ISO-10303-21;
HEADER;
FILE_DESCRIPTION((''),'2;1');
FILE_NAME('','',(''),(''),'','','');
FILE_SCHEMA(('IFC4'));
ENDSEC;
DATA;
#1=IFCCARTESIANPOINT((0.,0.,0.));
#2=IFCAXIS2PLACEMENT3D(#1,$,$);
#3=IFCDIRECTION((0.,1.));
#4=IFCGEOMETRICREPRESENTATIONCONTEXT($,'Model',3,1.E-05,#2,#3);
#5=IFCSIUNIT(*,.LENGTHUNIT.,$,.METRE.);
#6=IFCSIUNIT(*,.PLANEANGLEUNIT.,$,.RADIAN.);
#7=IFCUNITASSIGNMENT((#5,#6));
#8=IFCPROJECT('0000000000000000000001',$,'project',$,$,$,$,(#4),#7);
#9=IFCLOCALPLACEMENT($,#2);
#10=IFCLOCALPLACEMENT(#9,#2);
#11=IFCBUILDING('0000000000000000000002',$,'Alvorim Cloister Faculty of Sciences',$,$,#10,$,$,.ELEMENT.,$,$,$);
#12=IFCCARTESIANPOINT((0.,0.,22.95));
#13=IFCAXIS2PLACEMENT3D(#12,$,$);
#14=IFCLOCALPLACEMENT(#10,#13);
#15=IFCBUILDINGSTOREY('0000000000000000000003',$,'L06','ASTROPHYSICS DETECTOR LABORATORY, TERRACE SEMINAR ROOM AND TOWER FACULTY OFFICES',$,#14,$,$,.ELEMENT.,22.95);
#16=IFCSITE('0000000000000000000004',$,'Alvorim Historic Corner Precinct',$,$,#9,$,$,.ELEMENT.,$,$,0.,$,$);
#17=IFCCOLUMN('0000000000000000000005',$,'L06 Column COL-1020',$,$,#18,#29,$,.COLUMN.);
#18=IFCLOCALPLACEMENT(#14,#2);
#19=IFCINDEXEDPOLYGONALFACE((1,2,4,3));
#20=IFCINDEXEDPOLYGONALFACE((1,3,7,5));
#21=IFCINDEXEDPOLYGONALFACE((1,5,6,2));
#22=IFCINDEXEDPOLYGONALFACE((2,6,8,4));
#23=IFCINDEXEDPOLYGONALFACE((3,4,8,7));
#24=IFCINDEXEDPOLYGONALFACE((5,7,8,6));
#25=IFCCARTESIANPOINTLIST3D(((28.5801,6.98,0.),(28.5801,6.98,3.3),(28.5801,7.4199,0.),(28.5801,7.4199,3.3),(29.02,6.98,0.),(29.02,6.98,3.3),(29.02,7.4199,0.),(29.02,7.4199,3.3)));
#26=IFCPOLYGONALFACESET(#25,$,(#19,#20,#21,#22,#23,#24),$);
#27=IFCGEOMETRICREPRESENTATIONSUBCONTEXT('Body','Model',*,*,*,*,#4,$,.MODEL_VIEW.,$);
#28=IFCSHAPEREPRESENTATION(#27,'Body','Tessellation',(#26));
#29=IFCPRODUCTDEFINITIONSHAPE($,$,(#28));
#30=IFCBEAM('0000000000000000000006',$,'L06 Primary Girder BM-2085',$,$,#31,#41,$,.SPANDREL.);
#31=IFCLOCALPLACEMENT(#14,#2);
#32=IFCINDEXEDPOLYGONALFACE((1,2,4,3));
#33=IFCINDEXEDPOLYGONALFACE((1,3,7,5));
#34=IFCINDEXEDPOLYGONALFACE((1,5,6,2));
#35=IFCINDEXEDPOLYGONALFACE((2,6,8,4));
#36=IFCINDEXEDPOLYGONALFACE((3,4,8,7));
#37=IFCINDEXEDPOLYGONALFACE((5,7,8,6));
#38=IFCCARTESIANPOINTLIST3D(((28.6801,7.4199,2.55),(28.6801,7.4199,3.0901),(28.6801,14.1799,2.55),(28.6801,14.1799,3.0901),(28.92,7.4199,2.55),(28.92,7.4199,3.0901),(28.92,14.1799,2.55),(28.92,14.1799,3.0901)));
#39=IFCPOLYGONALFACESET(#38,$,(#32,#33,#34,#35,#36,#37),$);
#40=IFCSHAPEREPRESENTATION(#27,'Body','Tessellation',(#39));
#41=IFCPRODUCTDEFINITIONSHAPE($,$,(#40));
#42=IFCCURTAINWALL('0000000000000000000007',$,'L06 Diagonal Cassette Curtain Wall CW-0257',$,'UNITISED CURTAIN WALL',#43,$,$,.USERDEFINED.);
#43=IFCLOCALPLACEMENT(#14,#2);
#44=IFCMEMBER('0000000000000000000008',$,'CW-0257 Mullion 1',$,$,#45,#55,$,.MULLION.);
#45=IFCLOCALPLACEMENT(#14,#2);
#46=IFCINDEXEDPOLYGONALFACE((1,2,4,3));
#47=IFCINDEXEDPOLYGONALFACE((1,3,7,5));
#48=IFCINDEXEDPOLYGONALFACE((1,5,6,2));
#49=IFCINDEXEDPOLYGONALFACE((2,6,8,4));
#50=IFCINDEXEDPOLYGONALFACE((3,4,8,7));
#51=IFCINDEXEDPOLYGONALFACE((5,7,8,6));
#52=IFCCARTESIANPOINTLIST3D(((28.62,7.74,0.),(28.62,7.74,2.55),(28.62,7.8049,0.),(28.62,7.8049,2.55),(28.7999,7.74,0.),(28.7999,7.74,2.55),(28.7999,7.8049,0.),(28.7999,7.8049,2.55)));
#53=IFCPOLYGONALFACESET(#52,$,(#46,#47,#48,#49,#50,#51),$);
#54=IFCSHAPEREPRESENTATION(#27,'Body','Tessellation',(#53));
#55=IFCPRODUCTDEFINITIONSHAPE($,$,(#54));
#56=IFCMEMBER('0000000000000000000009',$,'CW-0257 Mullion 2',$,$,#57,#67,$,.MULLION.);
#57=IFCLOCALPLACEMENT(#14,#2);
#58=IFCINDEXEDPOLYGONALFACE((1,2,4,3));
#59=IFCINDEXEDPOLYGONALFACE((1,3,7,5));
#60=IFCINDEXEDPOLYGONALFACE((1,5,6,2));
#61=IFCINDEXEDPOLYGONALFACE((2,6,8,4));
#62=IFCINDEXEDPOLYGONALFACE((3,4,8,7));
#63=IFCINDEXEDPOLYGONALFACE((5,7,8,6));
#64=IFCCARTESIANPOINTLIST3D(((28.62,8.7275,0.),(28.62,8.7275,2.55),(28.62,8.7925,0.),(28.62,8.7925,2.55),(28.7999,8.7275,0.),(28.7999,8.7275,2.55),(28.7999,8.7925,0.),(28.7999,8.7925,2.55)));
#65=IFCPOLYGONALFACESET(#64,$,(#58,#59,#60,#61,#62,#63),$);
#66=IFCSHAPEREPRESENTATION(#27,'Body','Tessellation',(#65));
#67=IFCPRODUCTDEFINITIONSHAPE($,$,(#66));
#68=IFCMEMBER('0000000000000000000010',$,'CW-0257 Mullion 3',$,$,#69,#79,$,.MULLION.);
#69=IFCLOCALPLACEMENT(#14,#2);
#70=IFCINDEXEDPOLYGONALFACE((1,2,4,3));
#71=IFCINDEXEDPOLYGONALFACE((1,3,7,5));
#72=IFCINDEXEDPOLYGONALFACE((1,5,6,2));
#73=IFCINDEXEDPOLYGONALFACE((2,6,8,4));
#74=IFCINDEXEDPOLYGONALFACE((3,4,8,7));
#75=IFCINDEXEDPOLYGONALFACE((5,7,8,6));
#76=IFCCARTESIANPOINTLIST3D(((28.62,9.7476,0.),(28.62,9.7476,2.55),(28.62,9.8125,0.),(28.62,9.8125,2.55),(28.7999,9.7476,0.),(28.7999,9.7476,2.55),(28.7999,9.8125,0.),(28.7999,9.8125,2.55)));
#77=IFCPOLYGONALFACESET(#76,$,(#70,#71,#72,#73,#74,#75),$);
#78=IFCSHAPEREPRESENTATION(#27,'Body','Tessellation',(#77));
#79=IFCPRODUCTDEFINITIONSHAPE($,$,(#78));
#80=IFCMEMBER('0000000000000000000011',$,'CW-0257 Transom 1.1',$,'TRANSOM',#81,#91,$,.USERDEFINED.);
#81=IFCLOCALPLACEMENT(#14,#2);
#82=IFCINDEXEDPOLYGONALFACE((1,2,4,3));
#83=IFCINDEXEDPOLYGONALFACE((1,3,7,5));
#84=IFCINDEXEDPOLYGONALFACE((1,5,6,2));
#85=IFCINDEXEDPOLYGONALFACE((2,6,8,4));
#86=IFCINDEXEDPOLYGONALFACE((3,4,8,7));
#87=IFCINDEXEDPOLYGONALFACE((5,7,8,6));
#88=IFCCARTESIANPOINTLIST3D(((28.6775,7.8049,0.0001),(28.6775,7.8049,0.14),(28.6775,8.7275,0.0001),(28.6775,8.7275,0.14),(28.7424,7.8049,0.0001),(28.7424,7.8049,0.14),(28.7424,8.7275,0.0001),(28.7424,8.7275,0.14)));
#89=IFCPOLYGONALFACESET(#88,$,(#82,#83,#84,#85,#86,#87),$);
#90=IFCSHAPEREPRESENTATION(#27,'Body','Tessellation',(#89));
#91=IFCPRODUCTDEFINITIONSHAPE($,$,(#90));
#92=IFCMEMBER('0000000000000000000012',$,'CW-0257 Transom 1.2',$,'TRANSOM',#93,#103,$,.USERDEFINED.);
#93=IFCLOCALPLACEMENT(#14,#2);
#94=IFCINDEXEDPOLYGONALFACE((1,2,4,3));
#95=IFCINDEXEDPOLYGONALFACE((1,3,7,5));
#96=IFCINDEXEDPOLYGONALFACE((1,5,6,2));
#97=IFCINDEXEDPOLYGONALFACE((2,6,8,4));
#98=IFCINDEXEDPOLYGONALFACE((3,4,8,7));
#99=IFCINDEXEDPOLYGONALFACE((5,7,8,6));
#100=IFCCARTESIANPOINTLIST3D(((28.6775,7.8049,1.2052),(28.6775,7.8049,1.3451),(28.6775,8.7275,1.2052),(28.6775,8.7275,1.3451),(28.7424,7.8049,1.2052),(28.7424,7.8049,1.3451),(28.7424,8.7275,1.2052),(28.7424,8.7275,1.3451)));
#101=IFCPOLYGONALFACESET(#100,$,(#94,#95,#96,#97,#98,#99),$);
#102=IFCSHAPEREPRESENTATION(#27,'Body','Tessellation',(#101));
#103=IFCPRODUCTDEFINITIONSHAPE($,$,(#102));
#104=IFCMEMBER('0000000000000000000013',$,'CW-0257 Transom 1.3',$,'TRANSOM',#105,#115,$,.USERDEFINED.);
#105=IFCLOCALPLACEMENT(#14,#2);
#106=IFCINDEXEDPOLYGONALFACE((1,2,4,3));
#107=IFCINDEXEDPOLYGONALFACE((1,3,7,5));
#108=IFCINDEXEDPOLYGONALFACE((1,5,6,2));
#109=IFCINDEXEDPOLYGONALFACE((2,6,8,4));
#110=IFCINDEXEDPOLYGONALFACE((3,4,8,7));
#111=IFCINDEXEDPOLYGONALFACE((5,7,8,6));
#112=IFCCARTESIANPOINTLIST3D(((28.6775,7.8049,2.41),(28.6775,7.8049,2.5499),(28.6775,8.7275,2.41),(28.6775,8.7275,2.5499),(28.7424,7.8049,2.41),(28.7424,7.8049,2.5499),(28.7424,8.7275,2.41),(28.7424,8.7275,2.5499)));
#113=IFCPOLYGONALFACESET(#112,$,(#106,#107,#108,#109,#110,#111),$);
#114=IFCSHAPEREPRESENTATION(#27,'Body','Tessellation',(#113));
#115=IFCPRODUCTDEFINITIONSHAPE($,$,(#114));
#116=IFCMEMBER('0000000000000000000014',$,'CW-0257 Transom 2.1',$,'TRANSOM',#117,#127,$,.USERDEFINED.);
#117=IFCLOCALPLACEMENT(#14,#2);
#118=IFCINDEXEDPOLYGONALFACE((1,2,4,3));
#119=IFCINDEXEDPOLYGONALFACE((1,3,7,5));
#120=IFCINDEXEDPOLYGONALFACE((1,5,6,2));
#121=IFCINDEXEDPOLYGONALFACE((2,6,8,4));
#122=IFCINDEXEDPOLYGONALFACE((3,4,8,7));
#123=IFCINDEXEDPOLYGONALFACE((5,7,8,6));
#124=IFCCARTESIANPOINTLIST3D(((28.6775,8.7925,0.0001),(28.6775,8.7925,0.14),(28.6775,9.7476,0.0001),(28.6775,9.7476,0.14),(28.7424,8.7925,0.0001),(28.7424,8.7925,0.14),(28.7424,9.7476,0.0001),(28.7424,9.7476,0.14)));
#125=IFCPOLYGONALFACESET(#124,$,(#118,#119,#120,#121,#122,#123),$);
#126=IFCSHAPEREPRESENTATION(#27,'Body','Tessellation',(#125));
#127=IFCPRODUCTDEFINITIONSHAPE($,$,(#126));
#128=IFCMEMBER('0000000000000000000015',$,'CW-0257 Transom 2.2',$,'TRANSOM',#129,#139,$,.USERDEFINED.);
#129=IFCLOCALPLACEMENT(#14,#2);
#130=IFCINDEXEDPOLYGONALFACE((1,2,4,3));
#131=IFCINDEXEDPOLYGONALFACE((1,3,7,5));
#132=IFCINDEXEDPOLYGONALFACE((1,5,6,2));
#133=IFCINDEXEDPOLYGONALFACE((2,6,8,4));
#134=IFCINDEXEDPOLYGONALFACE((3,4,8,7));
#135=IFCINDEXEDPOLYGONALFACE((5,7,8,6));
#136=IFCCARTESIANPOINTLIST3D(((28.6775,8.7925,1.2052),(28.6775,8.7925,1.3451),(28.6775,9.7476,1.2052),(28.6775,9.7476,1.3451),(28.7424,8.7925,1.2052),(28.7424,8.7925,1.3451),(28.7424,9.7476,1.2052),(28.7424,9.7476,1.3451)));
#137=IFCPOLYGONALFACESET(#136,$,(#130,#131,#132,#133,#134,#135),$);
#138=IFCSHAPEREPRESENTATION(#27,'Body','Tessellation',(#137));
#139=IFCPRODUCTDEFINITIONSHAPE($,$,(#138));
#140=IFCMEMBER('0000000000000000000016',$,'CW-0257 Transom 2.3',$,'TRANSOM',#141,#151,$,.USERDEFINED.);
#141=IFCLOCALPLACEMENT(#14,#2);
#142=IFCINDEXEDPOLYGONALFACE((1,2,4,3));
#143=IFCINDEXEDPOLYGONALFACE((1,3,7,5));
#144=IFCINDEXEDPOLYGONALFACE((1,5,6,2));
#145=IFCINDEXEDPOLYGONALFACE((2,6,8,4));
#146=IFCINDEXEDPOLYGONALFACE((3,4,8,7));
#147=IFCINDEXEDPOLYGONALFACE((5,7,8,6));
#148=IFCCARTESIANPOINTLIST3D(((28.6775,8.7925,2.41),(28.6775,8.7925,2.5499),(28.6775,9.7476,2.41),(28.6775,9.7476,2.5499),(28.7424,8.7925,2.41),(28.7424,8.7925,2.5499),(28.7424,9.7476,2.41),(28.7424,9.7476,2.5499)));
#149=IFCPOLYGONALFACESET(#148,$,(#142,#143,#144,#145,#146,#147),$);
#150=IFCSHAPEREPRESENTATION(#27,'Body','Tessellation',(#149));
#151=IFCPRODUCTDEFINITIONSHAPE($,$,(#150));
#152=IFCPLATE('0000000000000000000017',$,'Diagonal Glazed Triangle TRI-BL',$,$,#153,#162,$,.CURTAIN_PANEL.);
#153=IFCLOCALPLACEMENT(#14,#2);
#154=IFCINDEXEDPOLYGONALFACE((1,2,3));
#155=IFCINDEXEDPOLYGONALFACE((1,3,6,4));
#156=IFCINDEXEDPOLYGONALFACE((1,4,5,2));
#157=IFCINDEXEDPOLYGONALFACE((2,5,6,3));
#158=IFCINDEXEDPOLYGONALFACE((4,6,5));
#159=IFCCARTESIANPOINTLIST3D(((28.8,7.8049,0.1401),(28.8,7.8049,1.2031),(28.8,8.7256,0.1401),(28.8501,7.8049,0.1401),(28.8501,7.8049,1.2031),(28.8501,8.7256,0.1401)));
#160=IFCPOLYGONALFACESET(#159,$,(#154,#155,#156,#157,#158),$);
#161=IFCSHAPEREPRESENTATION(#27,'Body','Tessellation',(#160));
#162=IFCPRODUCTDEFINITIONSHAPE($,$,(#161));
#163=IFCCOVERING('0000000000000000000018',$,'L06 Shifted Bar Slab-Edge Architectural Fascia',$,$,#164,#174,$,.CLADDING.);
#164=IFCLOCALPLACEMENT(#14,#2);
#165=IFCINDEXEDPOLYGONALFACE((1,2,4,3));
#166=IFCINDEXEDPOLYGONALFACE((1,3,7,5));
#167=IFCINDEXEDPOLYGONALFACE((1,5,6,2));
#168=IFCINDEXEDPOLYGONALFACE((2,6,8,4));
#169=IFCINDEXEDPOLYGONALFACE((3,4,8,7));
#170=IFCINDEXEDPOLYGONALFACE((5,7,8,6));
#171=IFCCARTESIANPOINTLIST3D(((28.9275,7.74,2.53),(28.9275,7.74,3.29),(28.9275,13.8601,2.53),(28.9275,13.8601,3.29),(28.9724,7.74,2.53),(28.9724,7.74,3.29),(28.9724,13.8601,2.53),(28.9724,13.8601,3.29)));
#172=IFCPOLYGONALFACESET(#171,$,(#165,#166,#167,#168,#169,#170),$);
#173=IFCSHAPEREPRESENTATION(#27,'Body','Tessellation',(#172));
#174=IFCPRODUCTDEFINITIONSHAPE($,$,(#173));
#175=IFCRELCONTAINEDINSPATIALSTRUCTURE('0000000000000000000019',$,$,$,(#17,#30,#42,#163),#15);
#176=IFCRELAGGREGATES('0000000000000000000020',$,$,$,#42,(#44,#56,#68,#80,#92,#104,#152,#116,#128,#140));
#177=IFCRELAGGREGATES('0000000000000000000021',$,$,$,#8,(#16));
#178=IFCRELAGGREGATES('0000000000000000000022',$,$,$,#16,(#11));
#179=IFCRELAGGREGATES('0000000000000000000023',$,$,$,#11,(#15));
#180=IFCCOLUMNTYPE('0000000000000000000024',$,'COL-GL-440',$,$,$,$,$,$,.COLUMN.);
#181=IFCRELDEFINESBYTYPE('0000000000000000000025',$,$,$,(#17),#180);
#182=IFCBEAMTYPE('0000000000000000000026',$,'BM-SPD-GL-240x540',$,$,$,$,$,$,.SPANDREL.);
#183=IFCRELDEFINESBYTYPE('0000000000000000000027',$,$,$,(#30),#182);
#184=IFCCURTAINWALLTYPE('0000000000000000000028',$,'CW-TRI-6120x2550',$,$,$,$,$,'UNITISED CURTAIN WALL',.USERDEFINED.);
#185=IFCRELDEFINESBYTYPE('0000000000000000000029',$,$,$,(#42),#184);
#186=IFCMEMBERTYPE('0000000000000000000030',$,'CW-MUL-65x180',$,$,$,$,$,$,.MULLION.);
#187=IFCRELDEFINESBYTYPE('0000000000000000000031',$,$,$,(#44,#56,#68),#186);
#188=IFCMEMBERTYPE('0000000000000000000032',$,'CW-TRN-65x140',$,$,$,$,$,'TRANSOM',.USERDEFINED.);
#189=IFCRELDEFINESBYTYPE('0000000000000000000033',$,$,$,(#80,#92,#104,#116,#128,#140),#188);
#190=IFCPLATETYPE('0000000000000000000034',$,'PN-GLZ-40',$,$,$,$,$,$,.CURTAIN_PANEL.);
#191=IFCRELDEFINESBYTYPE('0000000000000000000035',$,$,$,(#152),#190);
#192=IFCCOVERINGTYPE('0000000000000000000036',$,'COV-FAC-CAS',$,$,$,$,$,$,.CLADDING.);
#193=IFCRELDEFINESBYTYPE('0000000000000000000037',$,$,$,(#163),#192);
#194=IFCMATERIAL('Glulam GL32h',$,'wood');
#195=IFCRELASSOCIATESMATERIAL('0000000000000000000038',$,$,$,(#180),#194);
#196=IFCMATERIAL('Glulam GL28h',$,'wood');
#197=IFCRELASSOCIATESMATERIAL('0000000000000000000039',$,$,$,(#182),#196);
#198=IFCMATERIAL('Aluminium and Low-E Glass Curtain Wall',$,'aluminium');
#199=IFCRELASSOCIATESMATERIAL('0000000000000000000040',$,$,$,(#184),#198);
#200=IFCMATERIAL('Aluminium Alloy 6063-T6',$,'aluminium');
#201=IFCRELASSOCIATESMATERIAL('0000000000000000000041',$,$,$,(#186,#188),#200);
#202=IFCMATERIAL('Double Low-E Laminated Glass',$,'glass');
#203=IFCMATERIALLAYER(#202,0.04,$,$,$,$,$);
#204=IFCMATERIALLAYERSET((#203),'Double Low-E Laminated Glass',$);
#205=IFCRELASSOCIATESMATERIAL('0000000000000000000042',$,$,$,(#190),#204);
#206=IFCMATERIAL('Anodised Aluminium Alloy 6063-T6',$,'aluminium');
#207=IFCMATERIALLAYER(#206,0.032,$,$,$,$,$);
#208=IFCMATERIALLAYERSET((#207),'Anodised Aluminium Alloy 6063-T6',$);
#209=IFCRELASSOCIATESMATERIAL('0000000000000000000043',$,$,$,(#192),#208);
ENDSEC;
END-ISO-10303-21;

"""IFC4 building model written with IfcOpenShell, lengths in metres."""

from ifc_helpers import new_model, si_unit, direction, frame, origin, origin_2d, place, context, subcontext, project, spatial, polyline, rectangle, outline, extrude, material, layer, layer_set, material_profile, profile_set, type_object, element, aggregate, save


model = new_model("IFC4")

# Units and contexts
model_context = context("Model", 3, precision=1e-05, world=origin(), true_north=direction((0.0, 1.0)))
body_context = subcontext(model_context, "Body", "Model", "MODEL_VIEW")
ifc_project = project(units=[si_unit("LENGTHUNIT", "METRE"), si_unit("PLANEANGLEUNIT", "RADIAN")], contexts=[model_context])

# Site, building, storey
site_placement = place(None, origin())
site = spatial("IfcSite", under=ifc_project, at=site_placement, Name="Alvorim Historic Corner Precinct", CompositionType="ELEMENT", RefElevation=0.0)
building_placement = place(site_placement, origin())
building = spatial("IfcBuilding", under=site, at=building_placement, Name="Alvorim Cloister Faculty of Sciences", CompositionType="ELEMENT")
storey_placement = place(building_placement, frame((0.0, 0.0, 22.95)))
storey = spatial("IfcBuildingStorey", under=building, at=storey_placement, Name="L06", Description="ASTROPHYSICS DETECTOR LABORATORY, TERRACE SEMINAR ROOM AND TOWER FACULTY OFFICES", CompositionType="ELEMENT", Elevation=22.95)

# Column
ifc_material_1 = material(Name="Glulam GL32h", Category="wood")
ifc_material_profile_1 = material_profile(ifc_material_1, rectangle(XDim=0.4399, YDim=0.4399, at=origin_2d()), Name="GL32-COL-440x440")
ifc_profile_set_1 = profile_set([ifc_material_profile_1], Name="Glulam GL32h")
column_type = type_object("IfcColumnType", Name="COL-GL-440", PredefinedType="COLUMN", material=ifc_profile_set_1)
column_placement = place(storey_placement, frame((28.8, 7.2, 0.0), z_axis=(0.0, 0.0, 1.0), x_axis=(1.0, 0.0, 0.0)))
element("IfcColumn", 1, at=column_placement, inside=storey, type_object=column_type, Name="L06 Column COL-1020", PredefinedType="COLUMN", context=body_context, shape_type="SweptSolid", body=[
    extrude(rectangle(XDim=0.4399, YDim=0.4399, at=origin_2d()), origin(), (0.0, 0.0, 1.0), 3.3),
])

# Beam
ifc_material_2 = material(Name="Glulam GL28h", Category="wood")
ifc_material_profile_2 = material_profile(ifc_material_2, rectangle(XDim=0.24, YDim=0.54, at=origin_2d()), Name="GL28-SPD-240x540")
ifc_profile_set_2 = profile_set([ifc_material_profile_2], Name="Glulam GL28h")
beam_type = type_object("IfcBeamType", Name="BM-SPD-GL-240x540", PredefinedType="SPANDREL", material=ifc_profile_set_2)
beam_placement = place(storey_placement, frame((28.8, 7.4199, 2.8201), z_axis=(0.0, 1.0, 0.0), x_axis=(-1.0, 0.0, 0.0)))
element("IfcBeam", 2, at=beam_placement, inside=storey, type_object=beam_type, Name="L06 Primary Girder BM-2085", PredefinedType="SPANDREL", context=body_context, shape_type="SweptSolid", body=[
    extrude(rectangle(XDim=0.24, YDim=0.54, at=origin_2d()), origin(), (0.0, 0.0, 1.0), 6.76),
])

# Curtain wall, members, plate
ifc_material_3 = material(Name="Aluminium and Low-E Glass Curtain Wall", Category="aluminium")
curtain_wall_type = type_object("IfcCurtainWallType", Name="CW-TRI-6120x2550", ElementType="UNITISED CURTAIN WALL", PredefinedType="USERDEFINED", material=ifc_material_3)
curtain_wall_placement = place(storey_placement, origin())
curtain_wall = element("IfcCurtainWall", 3, at=curtain_wall_placement, inside=storey, type_object=curtain_wall_type, Name="L06 Diagonal Cassette Curtain Wall CW-0257", ObjectType="UNITISED CURTAIN WALL", PredefinedType="USERDEFINED")
ifc_material_4 = material(Name="Aluminium Alloy 6063-T6", Category="aluminium")
ifc_material_profile_3 = material_profile(ifc_material_4, rectangle(XDim=0.0649, YDim=0.1799, at=origin_2d()), Name="ALU-MUL-65x180")
ifc_profile_set_3 = profile_set([ifc_material_profile_3], Name="Aluminium Alloy 6063-T6")
member_type_1 = type_object("IfcMemberType", Name="CW-MUL-65x180", PredefinedType="MULLION", material=ifc_profile_set_3)
member_1_placement = place(storey_placement, frame((28.71, 7.7725, 0.0), z_axis=(0.0, 0.0, 1.0), x_axis=(0.0, 1.0, 0.0)))
member_1 = element("IfcMember", 4, at=member_1_placement, type_object=member_type_1, Name="CW-0257 Mullion 1", PredefinedType="MULLION", context=body_context, shape_type="SweptSolid", body=[
    extrude(rectangle(XDim=0.0649, YDim=0.1799, at=origin_2d()), origin(), (0.0, 0.0, 1.0), 2.55),
])
member_2_placement = place(storey_placement, frame((28.71, 8.76, 0.0), z_axis=(0.0, 0.0, 1.0), x_axis=(0.0, 1.0, 0.0)))
member_2 = element("IfcMember", 5, at=member_2_placement, type_object=member_type_1, Name="CW-0257 Mullion 2", PredefinedType="MULLION", context=body_context, shape_type="SweptSolid", body=[
    extrude(rectangle(XDim=0.0649, YDim=0.1799, at=origin_2d()), origin(), (0.0, 0.0, 1.0), 2.55),
])
member_3_placement = place(storey_placement, frame((28.71, 9.78, 0.0), z_axis=(0.0, 0.0, 1.0), x_axis=(0.0, 1.0, 0.0)))
member_3 = element("IfcMember", 6, at=member_3_placement, type_object=member_type_1, Name="CW-0257 Mullion 3", PredefinedType="MULLION", context=body_context, shape_type="SweptSolid", body=[
    extrude(rectangle(XDim=0.0649, YDim=0.1799, at=origin_2d()), origin(), (0.0, 0.0, 1.0), 2.55),
])
ifc_material_profile_4 = material_profile(ifc_material_4, rectangle(XDim=0.0649, YDim=0.1399, at=origin_2d()), Name="ALU-TRN-65x140")
ifc_profile_set_4 = profile_set([ifc_material_profile_4], Name="Aluminium Alloy 6063-T6")
member_type_2 = type_object("IfcMemberType", Name="CW-TRN-65x140", ElementType="TRANSOM", PredefinedType="USERDEFINED", material=ifc_profile_set_4)
member_4_placement = place(storey_placement, frame((28.71, 7.8049, 0.0701), z_axis=(0.0, 1.0, 0.0), x_axis=(-1.0, 0.0, 0.0)))
member_4 = element("IfcMember", 7, at=member_4_placement, type_object=member_type_2, Name="CW-0257 Transom 1.1", ObjectType="TRANSOM", PredefinedType="USERDEFINED", context=body_context, shape_type="SweptSolid", body=[
    extrude(rectangle(XDim=0.0649, YDim=0.1399, at=origin_2d()), origin(), (0.0, 0.0, 1.0), 0.9226),
])
member_5_placement = place(storey_placement, frame((28.71, 7.8049, 1.2751), z_axis=(0.0, 1.0, 0.0), x_axis=(-1.0, 0.0, 0.0)))
member_5 = element("IfcMember", 8, at=member_5_placement, type_object=member_type_2, Name="CW-0257 Transom 1.2", ObjectType="TRANSOM", PredefinedType="USERDEFINED", context=body_context, shape_type="SweptSolid", body=[
    extrude(rectangle(XDim=0.0649, YDim=0.1399, at=origin_2d()), origin(), (0.0, 0.0, 1.0), 0.9226),
])
member_6_placement = place(storey_placement, frame((28.71, 7.8049, 2.48), z_axis=(0.0, 1.0, 0.0), x_axis=(-1.0, 0.0, 0.0)))
member_6 = element("IfcMember", 9, at=member_6_placement, type_object=member_type_2, Name="CW-0257 Transom 1.3", ObjectType="TRANSOM", PredefinedType="USERDEFINED", context=body_context, shape_type="SweptSolid", body=[
    extrude(rectangle(XDim=0.0649, YDim=0.1399, at=origin_2d()), origin(), (0.0, 0.0, 1.0), 0.9226),
])
member_7_placement = place(storey_placement, frame((28.71, 8.7925, 0.0701), z_axis=(0.0, 1.0, 0.0), x_axis=(-1.0, 0.0, 0.0)))
member_7 = element("IfcMember", 10, at=member_7_placement, type_object=member_type_2, Name="CW-0257 Transom 2.1", ObjectType="TRANSOM", PredefinedType="USERDEFINED", context=body_context, shape_type="SweptSolid", body=[
    extrude(rectangle(XDim=0.0649, YDim=0.1399, at=origin_2d()), origin(), (0.0, 0.0, 1.0), 0.9551),
])
member_8_placement = place(storey_placement, frame((28.71, 8.7925, 1.2751), z_axis=(0.0, 1.0, 0.0), x_axis=(-1.0, 0.0, 0.0)))
member_8 = element("IfcMember", 11, at=member_8_placement, type_object=member_type_2, Name="CW-0257 Transom 2.2", ObjectType="TRANSOM", PredefinedType="USERDEFINED", context=body_context, shape_type="SweptSolid", body=[
    extrude(rectangle(XDim=0.0649, YDim=0.1399, at=origin_2d()), origin(), (0.0, 0.0, 1.0), 0.9551),
])
member_9_placement = place(storey_placement, frame((28.71, 8.7925, 2.48), z_axis=(0.0, 1.0, 0.0), x_axis=(-1.0, 0.0, 0.0)))
member_9 = element("IfcMember", 12, at=member_9_placement, type_object=member_type_2, Name="CW-0257 Transom 2.3", ObjectType="TRANSOM", PredefinedType="USERDEFINED", context=body_context, shape_type="SweptSolid", body=[
    extrude(rectangle(XDim=0.0649, YDim=0.1399, at=origin_2d()), origin(), (0.0, 0.0, 1.0), 0.9551),
])
ifc_material_5 = material(Name="Double Low-E Laminated Glass", Category="glass")
ifc_layer_1 = layer(ifc_material_5, 0.04)
ifc_layer_set_1 = layer_set([ifc_layer_1], Name="Double Low-E Laminated Glass")
plate_type = type_object("IfcPlateType", Name="PN-GLZ-40", PredefinedType="CURTAIN_PANEL", material=ifc_layer_set_1)
plate_1_placement = place(storey_placement, frame((28.825, 7.8049, 0.1401), z_axis=(0.0, 0.0, 1.0), x_axis=(0.0, 1.0, 0.0)))
plate_1 = element("IfcPlate", 13, at=plate_1_placement, type_object=plate_type, Name="Diagonal Glazed Triangle TRI-BL", PredefinedType="CURTAIN_PANEL", context=body_context, shape_type="SweptSolid", body=[
    extrude(outline(polyline([(0.0, 0.0), (0.9207, 0.0), (0.0, 1.063), (0.0, 0.0)])), frame((0.0, 0.0249, 0.0), z_axis=(0.0, -1.0, 0.0), x_axis=(1.0, 0.0, 0.0)), (0.0, 0.0, 1.0), 0.05),
])
aggregate(curtain_wall, [member_1, member_2, member_3, member_4, member_5, member_6, plate_1, member_7, member_8, member_9])

# Covering
ifc_material_6 = material(Name="Anodised Aluminium Alloy 6063-T6", Category="aluminium")
ifc_layer_2 = layer(ifc_material_6, 0.032)
ifc_layer_set_2 = layer_set([ifc_layer_2], Name="Anodised Aluminium Alloy 6063-T6")
covering_type = type_object("IfcCoveringType", Name="COV-FAC-CAS", PredefinedType="CLADDING", material=ifc_layer_set_2)
covering_placement = place(storey_placement, frame((28.95, 7.74, 2.53), z_axis=(0.0, 0.0, 1.0), x_axis=(0.0, 1.0, 0.0)))
element("IfcCovering", 14, at=covering_placement, inside=storey, type_object=covering_type, Name="L06 Shifted Bar Slab-Edge Architectural Fascia", PredefinedType="CLADDING", context=body_context, shape_type="SweptSolid", body=[
    extrude(outline(polyline([(0.0, 0.0), (6.1201, 0.0), (6.1201, 0.76), (0.0, 0.76), (0.0, 0.0)])), frame((0.0, 0.0225, 0.0), z_axis=(0.0, -1.0, 0.0), x_axis=(1.0, 0.0, 0.0)), (0.0, 0.0, 1.0), 0.0449),
])

save(model, "model.ifc")
